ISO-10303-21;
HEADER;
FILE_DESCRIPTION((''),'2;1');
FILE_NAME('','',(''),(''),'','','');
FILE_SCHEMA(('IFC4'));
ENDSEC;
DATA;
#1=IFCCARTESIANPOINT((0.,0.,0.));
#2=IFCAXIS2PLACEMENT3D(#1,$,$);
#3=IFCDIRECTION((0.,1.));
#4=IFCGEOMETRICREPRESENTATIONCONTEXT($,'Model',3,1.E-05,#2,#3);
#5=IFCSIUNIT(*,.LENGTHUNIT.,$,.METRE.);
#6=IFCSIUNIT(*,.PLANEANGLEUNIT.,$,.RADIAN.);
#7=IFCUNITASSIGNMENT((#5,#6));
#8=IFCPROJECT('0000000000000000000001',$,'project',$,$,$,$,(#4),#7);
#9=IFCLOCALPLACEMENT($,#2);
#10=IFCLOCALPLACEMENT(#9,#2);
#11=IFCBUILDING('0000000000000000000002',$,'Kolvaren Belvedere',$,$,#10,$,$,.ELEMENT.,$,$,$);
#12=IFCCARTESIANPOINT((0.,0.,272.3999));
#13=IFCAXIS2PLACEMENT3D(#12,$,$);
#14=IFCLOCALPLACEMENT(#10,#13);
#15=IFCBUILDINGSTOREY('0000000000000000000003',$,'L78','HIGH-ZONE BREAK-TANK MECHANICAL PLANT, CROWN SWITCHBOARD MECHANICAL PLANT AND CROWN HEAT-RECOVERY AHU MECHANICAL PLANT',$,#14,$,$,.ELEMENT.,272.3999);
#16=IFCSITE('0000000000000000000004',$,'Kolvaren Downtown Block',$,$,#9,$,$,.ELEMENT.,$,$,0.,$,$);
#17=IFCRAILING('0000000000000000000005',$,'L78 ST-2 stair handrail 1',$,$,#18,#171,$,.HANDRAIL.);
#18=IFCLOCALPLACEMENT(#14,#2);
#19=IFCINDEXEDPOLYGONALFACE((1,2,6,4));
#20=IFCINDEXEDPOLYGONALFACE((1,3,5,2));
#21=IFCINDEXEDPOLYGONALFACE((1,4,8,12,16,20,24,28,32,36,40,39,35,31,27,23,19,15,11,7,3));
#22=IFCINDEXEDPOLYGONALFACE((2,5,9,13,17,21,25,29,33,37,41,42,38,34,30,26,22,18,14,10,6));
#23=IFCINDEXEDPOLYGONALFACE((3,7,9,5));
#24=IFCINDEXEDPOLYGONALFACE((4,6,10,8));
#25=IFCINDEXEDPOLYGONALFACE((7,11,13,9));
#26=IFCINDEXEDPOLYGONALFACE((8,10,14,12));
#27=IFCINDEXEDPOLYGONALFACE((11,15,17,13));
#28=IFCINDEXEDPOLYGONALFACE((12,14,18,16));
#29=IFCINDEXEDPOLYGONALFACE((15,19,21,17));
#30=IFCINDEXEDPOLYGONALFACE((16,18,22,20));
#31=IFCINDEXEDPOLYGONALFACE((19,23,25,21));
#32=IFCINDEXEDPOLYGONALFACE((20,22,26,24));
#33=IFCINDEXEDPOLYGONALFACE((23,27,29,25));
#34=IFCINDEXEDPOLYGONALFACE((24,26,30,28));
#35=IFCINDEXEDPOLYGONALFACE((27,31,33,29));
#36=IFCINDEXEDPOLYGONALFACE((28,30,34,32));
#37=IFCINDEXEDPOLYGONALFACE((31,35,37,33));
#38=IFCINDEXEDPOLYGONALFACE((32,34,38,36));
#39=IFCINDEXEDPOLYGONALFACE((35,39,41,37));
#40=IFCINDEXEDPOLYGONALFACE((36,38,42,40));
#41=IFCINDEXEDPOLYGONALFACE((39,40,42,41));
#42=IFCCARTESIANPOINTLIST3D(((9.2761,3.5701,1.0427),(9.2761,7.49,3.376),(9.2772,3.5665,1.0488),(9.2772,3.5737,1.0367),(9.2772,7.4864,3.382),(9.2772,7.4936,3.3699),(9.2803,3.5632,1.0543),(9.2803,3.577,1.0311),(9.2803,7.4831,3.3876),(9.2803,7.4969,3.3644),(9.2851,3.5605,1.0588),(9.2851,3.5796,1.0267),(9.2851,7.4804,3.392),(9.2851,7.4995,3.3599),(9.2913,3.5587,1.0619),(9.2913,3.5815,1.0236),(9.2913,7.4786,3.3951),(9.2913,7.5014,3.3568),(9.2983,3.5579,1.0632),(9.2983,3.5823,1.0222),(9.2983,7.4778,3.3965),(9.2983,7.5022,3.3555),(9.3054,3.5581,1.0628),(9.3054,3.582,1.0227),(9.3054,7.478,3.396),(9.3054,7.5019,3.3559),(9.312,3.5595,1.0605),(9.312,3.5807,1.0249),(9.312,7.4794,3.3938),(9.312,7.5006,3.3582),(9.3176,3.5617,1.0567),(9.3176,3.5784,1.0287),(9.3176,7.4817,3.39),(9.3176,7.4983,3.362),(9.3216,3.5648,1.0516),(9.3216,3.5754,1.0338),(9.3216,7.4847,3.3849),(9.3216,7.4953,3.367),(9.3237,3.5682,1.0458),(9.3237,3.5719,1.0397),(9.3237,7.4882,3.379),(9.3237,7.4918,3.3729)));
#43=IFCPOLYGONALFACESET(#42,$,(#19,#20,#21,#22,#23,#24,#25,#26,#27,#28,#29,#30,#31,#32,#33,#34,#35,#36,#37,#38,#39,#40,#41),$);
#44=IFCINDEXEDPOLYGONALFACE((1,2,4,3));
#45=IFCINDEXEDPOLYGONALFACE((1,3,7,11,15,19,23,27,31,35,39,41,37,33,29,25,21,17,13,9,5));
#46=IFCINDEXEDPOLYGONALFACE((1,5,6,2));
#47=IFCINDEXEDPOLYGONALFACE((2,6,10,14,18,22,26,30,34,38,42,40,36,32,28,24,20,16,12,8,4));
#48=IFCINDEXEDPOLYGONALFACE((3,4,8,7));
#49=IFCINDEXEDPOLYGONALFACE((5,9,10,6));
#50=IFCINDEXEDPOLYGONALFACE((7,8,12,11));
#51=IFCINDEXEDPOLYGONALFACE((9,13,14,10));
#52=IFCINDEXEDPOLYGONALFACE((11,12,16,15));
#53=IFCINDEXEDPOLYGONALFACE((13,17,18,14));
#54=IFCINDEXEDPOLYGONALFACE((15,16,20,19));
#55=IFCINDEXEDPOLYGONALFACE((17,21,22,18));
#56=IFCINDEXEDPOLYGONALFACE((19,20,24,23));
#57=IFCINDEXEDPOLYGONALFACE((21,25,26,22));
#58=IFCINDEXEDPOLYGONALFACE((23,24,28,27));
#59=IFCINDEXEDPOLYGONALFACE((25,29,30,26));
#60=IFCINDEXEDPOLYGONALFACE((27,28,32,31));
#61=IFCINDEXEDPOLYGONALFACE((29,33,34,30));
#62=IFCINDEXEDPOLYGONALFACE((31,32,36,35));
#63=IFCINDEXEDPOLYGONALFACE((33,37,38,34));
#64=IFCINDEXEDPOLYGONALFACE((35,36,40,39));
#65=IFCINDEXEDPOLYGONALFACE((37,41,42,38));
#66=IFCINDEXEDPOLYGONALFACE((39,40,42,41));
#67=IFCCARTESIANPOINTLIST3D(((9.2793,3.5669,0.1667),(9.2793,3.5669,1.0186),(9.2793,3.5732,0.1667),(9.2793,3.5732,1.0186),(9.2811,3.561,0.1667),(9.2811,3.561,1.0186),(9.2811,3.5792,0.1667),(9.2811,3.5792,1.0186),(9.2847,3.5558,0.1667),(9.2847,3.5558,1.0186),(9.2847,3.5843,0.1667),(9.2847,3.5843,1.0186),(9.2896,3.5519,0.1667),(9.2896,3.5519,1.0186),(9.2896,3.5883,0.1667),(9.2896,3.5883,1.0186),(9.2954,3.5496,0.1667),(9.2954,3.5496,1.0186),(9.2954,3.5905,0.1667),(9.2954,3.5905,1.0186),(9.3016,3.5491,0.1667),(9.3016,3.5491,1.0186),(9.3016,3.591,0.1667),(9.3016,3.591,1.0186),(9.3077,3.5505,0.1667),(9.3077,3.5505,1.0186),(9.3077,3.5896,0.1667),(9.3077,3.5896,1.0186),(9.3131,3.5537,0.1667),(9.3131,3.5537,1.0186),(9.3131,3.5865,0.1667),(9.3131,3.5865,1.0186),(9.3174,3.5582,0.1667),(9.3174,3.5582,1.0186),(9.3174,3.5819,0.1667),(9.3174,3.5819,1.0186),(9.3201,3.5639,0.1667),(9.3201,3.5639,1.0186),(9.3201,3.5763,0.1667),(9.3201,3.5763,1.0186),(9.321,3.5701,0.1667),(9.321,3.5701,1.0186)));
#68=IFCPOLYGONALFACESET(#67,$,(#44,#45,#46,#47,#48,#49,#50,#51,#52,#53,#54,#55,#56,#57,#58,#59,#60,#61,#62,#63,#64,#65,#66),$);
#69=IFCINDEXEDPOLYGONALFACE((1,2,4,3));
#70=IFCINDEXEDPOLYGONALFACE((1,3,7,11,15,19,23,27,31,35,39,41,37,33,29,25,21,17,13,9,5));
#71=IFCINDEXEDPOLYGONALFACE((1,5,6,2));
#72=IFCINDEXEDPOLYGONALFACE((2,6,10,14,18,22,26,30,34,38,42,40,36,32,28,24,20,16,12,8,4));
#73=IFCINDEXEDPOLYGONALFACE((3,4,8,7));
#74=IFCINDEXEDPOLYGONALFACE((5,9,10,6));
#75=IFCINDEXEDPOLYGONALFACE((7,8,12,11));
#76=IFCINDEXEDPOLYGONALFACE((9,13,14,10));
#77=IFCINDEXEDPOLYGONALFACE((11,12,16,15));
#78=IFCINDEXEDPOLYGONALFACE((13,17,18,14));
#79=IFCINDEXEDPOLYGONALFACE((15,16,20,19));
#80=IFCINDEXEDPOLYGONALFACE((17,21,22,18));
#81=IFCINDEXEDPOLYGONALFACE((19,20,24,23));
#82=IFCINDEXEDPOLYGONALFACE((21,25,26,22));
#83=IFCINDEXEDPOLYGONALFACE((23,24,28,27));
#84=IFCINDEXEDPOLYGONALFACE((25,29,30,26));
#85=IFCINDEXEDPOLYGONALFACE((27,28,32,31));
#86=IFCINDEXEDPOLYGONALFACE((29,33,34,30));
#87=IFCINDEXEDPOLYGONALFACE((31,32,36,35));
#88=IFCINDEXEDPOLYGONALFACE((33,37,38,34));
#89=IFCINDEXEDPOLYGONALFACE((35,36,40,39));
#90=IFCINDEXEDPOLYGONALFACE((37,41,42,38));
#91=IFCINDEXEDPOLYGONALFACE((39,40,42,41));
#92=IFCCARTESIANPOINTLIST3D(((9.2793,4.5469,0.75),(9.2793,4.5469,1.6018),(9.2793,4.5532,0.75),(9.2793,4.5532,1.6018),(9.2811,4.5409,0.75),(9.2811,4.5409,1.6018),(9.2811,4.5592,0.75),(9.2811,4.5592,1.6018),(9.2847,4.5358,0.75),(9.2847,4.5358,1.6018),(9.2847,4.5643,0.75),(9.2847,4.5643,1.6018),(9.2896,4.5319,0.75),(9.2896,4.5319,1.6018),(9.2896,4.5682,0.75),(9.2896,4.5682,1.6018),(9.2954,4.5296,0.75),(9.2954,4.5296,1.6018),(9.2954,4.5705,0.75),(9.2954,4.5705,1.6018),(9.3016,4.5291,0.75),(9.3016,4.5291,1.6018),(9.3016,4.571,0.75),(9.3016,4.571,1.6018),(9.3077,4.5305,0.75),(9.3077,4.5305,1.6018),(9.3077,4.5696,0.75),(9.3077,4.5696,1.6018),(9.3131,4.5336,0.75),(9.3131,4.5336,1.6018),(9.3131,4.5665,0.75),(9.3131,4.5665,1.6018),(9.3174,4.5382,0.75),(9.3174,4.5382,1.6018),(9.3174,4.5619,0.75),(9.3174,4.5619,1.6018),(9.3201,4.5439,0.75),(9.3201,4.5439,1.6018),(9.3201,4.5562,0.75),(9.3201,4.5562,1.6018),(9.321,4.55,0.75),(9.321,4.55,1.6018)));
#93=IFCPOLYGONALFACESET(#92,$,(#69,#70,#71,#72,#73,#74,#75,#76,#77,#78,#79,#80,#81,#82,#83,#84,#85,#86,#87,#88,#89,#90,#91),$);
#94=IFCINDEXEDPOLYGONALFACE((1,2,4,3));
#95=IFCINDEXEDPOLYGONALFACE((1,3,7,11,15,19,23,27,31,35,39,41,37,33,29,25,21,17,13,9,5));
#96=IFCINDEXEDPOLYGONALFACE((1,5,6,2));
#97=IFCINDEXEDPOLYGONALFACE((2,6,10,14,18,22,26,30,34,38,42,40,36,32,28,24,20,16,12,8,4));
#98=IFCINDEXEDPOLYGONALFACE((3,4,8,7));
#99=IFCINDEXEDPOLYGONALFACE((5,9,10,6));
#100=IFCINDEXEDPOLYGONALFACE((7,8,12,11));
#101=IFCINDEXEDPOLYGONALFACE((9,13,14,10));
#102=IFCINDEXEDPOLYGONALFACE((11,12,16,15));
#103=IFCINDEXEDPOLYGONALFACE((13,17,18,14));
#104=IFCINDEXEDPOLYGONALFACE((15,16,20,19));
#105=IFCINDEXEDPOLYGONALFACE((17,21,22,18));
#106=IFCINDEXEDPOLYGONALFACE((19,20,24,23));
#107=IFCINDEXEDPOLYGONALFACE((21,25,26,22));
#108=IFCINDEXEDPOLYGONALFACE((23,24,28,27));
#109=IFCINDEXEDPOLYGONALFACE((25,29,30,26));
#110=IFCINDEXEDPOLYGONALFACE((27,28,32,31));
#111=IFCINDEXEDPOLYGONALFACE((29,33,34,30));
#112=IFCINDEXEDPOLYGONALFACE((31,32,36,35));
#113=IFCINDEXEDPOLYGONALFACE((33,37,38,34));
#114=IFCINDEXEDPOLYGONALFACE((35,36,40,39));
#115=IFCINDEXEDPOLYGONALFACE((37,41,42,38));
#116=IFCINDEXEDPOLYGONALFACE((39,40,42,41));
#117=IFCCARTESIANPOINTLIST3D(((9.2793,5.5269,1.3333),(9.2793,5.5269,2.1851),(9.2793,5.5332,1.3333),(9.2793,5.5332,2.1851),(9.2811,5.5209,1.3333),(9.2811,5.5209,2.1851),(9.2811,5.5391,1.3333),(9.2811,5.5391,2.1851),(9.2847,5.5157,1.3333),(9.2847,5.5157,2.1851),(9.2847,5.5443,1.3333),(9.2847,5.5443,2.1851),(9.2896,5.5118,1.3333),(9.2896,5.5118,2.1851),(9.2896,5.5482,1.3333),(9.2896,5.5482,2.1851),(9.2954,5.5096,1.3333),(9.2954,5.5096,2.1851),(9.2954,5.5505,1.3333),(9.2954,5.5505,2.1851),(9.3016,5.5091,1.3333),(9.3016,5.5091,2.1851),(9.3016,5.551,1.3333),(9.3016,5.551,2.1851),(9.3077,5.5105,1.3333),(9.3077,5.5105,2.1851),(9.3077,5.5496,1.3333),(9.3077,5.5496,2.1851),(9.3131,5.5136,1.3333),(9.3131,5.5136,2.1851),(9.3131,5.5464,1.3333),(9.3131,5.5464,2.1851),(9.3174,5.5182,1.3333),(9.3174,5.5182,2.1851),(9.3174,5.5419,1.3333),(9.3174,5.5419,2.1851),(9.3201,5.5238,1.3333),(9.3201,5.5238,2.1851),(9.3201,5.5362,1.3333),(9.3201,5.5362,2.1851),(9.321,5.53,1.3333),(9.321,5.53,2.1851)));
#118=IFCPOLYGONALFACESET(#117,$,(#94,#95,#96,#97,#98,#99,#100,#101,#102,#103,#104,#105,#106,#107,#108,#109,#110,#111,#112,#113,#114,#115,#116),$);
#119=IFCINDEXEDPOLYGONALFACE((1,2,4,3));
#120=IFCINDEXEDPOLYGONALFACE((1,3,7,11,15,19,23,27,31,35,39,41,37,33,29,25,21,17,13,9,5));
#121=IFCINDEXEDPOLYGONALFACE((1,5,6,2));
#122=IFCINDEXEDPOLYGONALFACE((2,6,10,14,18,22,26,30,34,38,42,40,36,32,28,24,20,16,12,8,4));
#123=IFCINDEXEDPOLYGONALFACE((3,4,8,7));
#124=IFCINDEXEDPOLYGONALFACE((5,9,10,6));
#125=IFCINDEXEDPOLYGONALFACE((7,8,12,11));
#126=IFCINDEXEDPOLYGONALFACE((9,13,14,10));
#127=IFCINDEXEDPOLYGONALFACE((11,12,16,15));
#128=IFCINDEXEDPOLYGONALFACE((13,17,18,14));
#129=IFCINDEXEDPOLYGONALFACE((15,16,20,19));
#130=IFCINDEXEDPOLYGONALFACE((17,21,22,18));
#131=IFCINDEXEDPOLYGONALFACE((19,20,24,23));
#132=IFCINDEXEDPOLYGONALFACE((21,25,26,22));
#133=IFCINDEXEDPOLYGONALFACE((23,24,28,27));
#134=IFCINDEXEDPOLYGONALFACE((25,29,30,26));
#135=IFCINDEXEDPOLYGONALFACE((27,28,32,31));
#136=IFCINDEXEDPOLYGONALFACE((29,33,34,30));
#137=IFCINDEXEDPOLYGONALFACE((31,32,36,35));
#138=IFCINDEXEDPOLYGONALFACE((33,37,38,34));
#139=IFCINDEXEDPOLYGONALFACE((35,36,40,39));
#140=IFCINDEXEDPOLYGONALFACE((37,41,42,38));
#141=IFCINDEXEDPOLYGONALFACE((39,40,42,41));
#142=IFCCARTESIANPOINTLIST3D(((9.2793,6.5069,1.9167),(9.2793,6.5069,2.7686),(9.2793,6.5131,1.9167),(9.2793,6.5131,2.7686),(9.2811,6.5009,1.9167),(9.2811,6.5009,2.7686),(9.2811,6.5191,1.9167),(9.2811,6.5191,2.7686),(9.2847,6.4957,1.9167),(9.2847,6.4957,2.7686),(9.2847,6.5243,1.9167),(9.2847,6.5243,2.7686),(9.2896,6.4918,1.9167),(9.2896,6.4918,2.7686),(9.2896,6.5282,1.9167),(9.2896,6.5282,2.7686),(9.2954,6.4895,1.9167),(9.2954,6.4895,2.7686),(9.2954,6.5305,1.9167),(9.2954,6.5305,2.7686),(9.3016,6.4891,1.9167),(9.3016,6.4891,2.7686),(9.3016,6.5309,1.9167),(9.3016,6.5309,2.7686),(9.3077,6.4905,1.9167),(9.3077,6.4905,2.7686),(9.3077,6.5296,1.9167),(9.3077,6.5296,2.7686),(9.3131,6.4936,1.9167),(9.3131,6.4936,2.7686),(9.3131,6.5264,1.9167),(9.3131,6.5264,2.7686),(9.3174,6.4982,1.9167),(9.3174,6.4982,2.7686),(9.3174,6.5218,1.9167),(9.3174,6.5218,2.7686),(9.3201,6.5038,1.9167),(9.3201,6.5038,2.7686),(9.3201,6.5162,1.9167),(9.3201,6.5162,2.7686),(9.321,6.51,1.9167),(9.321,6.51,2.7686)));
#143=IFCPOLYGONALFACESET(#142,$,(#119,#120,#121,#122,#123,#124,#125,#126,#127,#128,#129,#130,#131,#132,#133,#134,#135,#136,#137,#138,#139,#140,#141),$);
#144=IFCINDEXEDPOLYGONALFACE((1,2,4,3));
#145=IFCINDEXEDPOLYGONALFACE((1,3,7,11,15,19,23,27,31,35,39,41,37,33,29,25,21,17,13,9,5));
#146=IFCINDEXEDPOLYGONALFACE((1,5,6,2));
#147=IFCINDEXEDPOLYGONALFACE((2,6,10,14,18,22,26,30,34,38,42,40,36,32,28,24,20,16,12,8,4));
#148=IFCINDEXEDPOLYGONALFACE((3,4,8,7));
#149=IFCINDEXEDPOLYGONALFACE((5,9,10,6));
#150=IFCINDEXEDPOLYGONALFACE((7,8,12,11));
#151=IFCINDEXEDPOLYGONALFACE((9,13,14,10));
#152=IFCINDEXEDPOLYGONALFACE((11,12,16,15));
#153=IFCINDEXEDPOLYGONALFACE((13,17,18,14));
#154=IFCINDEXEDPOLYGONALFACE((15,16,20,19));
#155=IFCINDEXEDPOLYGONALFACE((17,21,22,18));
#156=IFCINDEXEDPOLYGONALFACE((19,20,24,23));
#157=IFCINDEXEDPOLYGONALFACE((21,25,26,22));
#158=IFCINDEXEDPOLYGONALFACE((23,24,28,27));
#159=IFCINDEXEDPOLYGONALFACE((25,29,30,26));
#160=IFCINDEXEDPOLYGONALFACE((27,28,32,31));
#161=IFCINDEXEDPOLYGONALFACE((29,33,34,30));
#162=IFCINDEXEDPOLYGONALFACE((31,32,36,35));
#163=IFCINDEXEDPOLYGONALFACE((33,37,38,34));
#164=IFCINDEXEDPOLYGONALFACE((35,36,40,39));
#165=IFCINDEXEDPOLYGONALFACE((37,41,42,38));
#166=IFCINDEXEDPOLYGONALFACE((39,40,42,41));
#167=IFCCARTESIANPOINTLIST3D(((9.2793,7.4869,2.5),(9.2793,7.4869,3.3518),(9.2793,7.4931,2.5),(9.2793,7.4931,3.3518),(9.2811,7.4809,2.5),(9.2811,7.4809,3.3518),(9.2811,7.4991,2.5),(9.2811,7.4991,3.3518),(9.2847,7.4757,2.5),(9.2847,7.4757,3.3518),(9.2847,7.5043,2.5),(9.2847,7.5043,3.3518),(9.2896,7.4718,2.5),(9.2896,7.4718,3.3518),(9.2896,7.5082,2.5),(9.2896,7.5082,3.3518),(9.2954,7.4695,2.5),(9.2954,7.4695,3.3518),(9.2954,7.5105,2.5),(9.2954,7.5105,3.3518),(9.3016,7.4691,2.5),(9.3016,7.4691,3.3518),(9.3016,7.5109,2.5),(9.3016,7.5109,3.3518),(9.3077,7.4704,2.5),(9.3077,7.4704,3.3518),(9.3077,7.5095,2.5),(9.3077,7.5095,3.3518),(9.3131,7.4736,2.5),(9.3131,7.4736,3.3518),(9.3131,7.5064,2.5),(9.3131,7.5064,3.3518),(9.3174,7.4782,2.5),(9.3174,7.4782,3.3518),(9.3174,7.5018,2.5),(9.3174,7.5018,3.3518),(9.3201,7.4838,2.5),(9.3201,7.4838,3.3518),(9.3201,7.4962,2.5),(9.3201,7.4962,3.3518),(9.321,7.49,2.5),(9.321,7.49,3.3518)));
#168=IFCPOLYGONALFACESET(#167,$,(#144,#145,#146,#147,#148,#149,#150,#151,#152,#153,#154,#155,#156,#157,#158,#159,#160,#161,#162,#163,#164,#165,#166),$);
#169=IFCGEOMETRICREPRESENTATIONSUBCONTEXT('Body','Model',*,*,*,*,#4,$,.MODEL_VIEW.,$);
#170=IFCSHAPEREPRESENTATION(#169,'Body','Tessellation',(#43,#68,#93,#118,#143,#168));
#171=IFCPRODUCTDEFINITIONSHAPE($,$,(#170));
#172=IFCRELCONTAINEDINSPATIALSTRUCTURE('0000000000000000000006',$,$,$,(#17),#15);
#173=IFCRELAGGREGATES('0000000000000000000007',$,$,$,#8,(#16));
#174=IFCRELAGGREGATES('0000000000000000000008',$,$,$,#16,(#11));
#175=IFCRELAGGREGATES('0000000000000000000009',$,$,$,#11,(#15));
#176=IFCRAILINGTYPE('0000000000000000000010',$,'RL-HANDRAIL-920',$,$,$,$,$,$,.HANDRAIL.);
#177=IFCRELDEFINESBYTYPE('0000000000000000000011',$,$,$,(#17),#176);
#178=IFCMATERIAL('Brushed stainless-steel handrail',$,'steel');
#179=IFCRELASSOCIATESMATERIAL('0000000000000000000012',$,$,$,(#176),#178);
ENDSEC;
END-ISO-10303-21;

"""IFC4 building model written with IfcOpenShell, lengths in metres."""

from ifc_helpers import new_model, si_unit, direction, frame, origin, origin_2d, place, context, subcontext, project, spatial, circle, extrude, material, type_object, element, save


model = new_model("IFC4")

# Units and contexts
model_context = context("Model", 3, precision=1e-05, world=origin(), true_north=direction((0.0, 1.0)))
body_context = subcontext(model_context, "Body", "Model", "MODEL_VIEW")
ifc_project = project(units=[si_unit("LENGTHUNIT", "METRE"), si_unit("PLANEANGLEUNIT", "RADIAN")], contexts=[model_context])

# Site, building, storey
site_placement = place(None, origin())
site = spatial("IfcSite", under=ifc_project, at=site_placement, Name="Kolvaren Downtown Block", CompositionType="ELEMENT", RefElevation=0.0)
building_placement = place(site_placement, origin())
building = spatial("IfcBuilding", under=site, at=building_placement, Name="Kolvaren Belvedere", CompositionType="ELEMENT")
storey_placement = place(building_placement, frame((0.0, 0.0, 272.3999)))
storey = spatial("IfcBuildingStorey", under=building, at=storey_placement, Name="L78", Description="HIGH-ZONE BREAK-TANK MECHANICAL PLANT, CROWN SWITCHBOARD MECHANICAL PLANT AND CROWN HEAT-RECOVERY AHU MECHANICAL PLANT", CompositionType="ELEMENT", Elevation=272.3999)

# Railing
ifc_material_1 = material(Name="Brushed stainless-steel handrail", Category="steel")
railing_type = type_object("IfcRailingType", Name="RL-HANDRAIL-920", PredefinedType="HANDRAIL", material=ifc_material_1)
railing_placement = place(storey_placement, frame((9.3, 3.5701, 0.1667)))
element("IfcRailing", 1, at=railing_placement, inside=storey, type_object=railing_type, Name="L78 ST-2 stair handrail 1", PredefinedType="HANDRAIL", context=body_context, shape_type="SweptSolid", body=[
    extrude(circle(Radius=0.0239, at=origin_2d()), frame((0.0, 0.0, 0.876), z_axis=(0.0, 0.859296, 0.511478), x_axis=(-1.0, 0.0, 0.0)), (0.0, 0.0, 1.0), 4.5618),
    extrude(circle(Radius=0.021, at=origin_2d()), origin(), (0.0, 0.0, 1.0), 0.8518),
    extrude(circle(Radius=0.021, at=origin_2d()), frame((0.0, 0.98, 0.5833)), (0.0, 0.0, 1.0), 0.8518),
    extrude(circle(Radius=0.021, at=origin_2d()), frame((0.0, 1.96, 1.1665)), (0.0, 0.0, 1.0), 0.8518),
    extrude(circle(Radius=0.021, at=origin_2d()), frame((0.0, 2.9399, 1.75)), (0.0, 0.0, 1.0), 0.8518),
    extrude(circle(Radius=0.021, at=origin_2d()), frame((0.0, 3.9199, 2.3333)), (0.0, 0.0, 1.0), 0.8518),
])

save(model, "model.ifc")
